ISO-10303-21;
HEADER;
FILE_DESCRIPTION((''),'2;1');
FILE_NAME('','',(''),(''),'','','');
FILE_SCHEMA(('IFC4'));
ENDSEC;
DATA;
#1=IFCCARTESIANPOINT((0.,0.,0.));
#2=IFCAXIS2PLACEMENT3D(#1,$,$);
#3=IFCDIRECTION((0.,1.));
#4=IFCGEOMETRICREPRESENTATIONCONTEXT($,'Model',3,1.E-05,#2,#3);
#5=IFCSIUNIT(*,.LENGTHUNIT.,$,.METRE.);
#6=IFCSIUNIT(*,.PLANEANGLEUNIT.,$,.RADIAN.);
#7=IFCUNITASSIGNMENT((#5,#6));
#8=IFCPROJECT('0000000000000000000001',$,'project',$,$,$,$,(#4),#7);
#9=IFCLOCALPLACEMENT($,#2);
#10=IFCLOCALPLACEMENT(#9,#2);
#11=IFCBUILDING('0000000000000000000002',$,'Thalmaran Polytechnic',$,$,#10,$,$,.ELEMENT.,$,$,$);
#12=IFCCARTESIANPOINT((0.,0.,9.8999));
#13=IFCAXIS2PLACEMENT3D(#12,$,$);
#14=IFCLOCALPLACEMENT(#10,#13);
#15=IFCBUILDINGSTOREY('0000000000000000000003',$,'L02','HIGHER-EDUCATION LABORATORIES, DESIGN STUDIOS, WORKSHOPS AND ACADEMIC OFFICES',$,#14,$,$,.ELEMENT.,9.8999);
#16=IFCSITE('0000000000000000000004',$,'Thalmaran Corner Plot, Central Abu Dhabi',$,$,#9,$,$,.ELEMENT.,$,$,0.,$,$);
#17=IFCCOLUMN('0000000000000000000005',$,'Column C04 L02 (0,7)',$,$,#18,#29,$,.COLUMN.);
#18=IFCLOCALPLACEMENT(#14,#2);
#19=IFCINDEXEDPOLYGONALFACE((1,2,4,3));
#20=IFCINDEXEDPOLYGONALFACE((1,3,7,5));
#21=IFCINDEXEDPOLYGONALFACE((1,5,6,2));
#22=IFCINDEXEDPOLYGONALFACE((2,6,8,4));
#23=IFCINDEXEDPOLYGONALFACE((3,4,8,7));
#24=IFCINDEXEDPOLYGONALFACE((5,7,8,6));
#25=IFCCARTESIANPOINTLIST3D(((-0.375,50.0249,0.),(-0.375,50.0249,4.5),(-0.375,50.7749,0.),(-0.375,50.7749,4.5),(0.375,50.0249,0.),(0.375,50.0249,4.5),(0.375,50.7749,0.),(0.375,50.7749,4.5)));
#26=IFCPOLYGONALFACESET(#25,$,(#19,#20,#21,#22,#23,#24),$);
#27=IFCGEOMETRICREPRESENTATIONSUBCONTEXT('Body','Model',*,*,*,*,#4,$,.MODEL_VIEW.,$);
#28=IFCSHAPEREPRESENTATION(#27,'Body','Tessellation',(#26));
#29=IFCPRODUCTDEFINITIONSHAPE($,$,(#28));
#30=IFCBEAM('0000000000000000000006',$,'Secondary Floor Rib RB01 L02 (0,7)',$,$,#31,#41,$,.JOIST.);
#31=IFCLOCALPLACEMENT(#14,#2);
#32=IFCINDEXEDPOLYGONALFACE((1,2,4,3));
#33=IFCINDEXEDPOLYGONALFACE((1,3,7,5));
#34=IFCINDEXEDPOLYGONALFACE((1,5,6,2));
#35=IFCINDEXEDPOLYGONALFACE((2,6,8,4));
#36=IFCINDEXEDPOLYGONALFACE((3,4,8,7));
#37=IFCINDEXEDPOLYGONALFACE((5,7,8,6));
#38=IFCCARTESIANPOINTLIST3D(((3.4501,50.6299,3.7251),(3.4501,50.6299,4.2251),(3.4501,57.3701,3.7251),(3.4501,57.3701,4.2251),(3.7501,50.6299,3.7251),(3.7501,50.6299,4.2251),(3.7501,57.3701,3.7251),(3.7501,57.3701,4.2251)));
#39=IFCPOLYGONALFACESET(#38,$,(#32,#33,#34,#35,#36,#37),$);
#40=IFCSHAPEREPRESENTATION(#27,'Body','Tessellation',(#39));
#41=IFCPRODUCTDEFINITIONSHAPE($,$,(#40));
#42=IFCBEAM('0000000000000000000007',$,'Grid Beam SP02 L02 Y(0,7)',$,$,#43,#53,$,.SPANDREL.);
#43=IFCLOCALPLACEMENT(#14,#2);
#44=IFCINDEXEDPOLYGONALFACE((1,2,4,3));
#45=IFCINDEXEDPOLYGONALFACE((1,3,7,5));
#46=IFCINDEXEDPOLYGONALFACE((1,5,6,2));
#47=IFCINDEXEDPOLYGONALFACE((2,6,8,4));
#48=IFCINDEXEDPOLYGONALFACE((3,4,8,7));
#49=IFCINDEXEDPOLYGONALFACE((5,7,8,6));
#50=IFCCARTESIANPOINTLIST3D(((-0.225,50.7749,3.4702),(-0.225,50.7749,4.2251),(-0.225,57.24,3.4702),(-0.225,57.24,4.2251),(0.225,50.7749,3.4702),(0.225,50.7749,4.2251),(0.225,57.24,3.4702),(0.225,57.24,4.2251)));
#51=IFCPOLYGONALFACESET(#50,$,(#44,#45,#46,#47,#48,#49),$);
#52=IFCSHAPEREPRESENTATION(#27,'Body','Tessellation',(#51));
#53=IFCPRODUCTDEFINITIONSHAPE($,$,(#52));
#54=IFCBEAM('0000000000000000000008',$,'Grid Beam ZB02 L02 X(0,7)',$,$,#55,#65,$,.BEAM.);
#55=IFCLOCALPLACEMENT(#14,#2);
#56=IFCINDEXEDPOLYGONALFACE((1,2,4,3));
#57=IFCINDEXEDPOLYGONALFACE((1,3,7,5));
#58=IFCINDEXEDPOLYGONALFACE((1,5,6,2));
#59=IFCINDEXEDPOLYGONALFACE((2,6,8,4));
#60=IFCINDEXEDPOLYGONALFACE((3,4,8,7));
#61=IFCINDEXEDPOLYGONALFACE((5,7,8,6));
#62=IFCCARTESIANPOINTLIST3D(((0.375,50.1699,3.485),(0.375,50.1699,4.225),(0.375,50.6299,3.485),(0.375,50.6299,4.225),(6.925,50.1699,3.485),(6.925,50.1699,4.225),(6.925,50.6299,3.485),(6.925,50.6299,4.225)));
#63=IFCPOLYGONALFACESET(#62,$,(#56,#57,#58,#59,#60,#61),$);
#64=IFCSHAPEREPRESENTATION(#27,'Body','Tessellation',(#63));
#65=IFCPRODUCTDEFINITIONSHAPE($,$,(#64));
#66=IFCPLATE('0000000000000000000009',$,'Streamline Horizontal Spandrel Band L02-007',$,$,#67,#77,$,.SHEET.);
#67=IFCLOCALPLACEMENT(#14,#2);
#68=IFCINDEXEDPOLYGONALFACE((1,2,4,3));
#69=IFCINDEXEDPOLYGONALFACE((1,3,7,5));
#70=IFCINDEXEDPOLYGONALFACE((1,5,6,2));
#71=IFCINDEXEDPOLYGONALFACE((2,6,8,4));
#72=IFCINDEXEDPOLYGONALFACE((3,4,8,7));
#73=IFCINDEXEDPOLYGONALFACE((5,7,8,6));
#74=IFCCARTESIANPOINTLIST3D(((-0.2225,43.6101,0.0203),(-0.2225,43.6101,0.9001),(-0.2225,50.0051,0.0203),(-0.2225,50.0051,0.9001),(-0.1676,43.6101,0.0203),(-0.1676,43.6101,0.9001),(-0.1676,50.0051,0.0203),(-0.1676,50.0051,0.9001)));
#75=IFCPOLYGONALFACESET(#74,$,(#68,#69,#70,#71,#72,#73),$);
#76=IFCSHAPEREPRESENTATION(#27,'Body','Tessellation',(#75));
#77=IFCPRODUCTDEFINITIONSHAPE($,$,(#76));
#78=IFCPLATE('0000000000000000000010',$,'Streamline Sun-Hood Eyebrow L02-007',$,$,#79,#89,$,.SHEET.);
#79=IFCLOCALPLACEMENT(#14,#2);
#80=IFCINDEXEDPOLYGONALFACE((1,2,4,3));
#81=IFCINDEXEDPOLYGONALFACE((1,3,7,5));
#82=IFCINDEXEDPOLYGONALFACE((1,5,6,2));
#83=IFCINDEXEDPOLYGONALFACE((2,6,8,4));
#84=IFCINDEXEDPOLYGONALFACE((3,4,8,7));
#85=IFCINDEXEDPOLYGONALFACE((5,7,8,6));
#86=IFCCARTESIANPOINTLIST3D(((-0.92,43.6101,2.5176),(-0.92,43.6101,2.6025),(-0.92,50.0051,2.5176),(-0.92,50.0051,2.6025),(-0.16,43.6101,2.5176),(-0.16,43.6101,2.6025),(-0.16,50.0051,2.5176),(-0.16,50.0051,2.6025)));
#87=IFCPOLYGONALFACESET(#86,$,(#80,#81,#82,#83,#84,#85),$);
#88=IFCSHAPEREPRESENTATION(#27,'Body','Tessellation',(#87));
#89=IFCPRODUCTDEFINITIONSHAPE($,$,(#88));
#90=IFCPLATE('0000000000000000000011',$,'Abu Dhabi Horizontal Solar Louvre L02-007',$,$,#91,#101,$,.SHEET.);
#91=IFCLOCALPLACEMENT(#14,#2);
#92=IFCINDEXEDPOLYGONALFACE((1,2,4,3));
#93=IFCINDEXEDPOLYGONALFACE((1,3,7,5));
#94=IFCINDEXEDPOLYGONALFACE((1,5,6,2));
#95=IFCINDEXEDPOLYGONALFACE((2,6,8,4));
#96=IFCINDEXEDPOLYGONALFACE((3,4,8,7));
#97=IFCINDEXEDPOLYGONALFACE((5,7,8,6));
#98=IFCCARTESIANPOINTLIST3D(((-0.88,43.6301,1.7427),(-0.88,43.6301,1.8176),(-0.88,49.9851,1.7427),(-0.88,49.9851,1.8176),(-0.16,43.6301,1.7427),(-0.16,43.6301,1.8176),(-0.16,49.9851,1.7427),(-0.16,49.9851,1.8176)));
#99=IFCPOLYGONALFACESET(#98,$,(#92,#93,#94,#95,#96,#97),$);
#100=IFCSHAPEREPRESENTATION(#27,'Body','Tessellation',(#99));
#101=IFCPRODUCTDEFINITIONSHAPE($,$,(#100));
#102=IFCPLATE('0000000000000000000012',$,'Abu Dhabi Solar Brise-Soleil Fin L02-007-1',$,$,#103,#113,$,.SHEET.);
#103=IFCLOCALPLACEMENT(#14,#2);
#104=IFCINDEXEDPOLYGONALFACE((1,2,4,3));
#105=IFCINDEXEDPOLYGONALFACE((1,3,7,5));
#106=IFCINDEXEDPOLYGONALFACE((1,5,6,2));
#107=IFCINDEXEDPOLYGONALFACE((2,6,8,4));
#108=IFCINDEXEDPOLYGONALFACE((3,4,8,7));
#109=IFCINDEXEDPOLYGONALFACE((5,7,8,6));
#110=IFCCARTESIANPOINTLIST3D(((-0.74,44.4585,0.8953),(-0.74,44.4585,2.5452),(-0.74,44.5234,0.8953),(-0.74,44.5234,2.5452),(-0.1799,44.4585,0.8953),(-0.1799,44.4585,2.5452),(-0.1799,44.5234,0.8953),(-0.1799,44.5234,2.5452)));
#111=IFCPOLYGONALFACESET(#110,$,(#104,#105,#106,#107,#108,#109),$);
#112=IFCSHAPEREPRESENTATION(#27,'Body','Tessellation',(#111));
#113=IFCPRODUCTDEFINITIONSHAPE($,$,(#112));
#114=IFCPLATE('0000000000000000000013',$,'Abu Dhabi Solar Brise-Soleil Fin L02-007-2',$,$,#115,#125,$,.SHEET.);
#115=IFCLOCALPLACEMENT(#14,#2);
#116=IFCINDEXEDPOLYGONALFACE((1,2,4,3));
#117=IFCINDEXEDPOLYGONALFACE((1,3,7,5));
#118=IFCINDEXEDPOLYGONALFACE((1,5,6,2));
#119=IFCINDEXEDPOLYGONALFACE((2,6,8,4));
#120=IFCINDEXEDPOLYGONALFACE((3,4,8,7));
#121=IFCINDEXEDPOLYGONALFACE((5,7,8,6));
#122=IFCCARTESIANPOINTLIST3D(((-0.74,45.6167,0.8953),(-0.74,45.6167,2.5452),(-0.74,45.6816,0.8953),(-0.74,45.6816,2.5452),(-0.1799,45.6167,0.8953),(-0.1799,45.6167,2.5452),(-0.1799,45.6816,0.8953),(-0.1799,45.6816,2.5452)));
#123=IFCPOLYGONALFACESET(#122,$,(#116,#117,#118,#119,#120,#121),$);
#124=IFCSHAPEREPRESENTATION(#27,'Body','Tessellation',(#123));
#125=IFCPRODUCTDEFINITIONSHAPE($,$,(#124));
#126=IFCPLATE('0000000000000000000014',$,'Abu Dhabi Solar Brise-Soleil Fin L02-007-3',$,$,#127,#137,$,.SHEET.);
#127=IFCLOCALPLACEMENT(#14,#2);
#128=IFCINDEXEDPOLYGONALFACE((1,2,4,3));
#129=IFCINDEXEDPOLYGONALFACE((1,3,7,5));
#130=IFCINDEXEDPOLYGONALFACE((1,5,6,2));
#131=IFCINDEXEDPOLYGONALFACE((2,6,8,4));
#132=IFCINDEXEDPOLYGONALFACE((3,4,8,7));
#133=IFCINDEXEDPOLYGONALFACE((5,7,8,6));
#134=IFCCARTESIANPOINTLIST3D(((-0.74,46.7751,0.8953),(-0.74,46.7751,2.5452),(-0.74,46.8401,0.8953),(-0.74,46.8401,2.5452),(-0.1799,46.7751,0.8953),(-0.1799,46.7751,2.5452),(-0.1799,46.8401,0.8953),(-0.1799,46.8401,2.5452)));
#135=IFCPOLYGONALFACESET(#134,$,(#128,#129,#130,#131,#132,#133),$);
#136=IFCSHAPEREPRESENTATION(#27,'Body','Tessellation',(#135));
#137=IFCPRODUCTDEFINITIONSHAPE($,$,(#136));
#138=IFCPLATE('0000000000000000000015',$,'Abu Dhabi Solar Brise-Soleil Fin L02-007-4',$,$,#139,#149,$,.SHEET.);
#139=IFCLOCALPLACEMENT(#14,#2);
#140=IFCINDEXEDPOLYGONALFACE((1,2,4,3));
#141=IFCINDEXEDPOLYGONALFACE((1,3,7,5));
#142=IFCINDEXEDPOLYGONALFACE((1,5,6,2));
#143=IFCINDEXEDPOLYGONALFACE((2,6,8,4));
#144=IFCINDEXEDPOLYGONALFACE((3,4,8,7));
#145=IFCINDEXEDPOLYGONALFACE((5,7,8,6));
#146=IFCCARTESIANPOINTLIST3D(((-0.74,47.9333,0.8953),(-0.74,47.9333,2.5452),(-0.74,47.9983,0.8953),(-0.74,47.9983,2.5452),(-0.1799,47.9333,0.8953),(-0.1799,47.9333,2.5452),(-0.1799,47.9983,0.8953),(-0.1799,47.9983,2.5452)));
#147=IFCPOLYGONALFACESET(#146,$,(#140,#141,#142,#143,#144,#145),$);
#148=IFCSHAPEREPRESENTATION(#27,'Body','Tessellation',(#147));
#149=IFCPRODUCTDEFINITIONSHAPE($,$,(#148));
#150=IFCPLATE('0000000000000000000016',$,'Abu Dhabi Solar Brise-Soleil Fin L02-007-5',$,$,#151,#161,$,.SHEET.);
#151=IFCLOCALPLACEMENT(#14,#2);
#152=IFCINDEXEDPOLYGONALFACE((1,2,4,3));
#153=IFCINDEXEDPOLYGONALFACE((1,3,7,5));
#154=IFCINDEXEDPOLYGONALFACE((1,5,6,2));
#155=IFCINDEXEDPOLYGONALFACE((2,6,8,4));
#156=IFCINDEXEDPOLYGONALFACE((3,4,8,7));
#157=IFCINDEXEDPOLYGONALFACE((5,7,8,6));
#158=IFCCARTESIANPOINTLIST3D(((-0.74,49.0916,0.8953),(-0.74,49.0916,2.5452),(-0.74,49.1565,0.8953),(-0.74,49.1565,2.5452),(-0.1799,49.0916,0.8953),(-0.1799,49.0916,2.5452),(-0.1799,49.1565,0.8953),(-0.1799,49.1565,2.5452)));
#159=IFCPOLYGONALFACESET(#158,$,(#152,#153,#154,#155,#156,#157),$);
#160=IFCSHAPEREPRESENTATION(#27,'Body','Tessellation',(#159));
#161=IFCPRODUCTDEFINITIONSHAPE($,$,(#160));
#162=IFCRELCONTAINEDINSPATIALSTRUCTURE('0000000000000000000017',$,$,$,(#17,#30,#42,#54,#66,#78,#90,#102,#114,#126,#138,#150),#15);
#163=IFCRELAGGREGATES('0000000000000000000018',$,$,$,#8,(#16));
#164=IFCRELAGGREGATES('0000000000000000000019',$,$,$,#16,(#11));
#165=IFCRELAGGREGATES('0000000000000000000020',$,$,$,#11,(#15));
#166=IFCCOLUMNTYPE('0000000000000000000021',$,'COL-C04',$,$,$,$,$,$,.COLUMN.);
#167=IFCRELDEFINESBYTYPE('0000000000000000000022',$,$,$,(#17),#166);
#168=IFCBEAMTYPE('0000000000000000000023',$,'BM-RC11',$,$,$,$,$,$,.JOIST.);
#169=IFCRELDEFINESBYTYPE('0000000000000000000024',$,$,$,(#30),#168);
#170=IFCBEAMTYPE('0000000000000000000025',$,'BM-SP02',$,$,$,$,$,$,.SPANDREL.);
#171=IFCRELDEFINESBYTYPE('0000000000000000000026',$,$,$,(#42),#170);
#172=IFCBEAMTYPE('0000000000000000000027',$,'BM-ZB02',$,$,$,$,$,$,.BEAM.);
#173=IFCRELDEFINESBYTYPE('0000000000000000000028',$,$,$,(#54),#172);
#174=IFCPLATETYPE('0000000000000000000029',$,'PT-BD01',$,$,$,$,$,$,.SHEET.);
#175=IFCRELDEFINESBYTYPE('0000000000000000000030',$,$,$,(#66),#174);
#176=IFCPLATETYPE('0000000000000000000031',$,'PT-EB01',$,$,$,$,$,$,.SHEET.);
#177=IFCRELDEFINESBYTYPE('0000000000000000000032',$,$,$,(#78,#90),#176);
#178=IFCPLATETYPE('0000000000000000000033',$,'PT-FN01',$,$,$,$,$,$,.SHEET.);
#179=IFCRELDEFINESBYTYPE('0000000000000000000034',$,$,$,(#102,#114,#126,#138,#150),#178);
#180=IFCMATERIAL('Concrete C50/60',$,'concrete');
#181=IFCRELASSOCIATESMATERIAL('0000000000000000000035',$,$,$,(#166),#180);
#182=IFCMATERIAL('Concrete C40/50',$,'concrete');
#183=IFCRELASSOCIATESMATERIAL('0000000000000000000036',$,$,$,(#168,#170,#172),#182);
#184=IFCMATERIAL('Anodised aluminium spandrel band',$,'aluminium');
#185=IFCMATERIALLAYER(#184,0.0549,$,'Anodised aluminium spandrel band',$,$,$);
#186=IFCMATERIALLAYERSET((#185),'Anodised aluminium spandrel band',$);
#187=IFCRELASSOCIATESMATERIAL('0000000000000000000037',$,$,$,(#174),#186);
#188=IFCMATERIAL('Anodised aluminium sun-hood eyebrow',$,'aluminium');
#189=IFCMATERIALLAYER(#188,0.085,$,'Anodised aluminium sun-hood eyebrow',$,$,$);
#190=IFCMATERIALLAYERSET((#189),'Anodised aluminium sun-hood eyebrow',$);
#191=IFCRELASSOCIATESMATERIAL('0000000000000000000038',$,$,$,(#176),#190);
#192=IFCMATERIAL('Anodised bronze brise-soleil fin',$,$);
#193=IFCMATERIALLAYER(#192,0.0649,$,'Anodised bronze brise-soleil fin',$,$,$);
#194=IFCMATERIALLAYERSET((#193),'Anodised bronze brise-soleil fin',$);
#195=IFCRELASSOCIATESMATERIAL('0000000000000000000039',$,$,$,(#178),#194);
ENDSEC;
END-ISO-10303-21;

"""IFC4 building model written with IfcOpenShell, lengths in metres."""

from ifc_helpers import new_model, si_unit, direction, frame, origin, origin_2d, place, context, subcontext, project, spatial, rectangle, extrude, material, layer, layer_set, material_profile, profile_set, type_object, element, save


model = new_model("IFC4")

# Units and contexts
model_context = context("Model", 3, precision=1e-05, world=origin(), true_north=direction((0.0, 1.0)))
body_context = subcontext(model_context, "Body", "Model", "MODEL_VIEW")
ifc_project = project(units=[si_unit("LENGTHUNIT", "METRE"), si_unit("PLANEANGLEUNIT", "RADIAN")], contexts=[model_context])

# Site, building, storey
site_placement = place(None, origin())
site = spatial("IfcSite", under=ifc_project, at=site_placement, Name="Thalmaran Corner Plot, Central Abu Dhabi", CompositionType="ELEMENT", RefElevation=0.0)
building_placement = place(site_placement, origin())
building = spatial("IfcBuilding", under=site, at=building_placement, Name="Thalmaran Polytechnic", CompositionType="ELEMENT")
storey_placement = place(building_placement, frame((0.0, 0.0, 9.8999)))
storey = spatial("IfcBuildingStorey", under=building, at=storey_placement, Name="L02", Description="HIGHER-EDUCATION LABORATORIES, DESIGN STUDIOS, WORKSHOPS AND ACADEMIC OFFICES", CompositionType="ELEMENT", Elevation=9.8999)

# Column
ifc_material_1 = material(Name="Concrete C50/60", Category="concrete")
ifc_material_profile_1 = material_profile(ifc_material_1, rectangle(XDim=0.75, YDim=0.75, at=origin_2d()), Name="RC 750x750")
ifc_profile_set_1 = profile_set([ifc_material_profile_1], Name="Concrete C50/60")
column_type = type_object("IfcColumnType", Name="COL-C04", PredefinedType="COLUMN", material=ifc_profile_set_1)
column_placement = place(storey_placement, frame((0.0, 50.3999, 0.0), z_axis=(0.0, 0.0, 1.0), x_axis=(1.0, 0.0, 0.0)))
element("IfcColumn", 1, at=column_placement, inside=storey, type_object=column_type, Name="Column C04 L02 (0,7)", PredefinedType="COLUMN", context=body_context, shape_type="SweptSolid", body=[
    extrude(rectangle(XDim=0.75, YDim=0.75, at=origin_2d()), origin(), (0.0, 0.0, 1.0), 4.5),
])

# Beams
ifc_material_2 = material(Name="Concrete C40/50", Category="concrete")
ifc_material_profile_2 = material_profile(ifc_material_2, rectangle(XDim=0.3, YDim=0.5, at=origin_2d()), Name="RC 300x500")
ifc_profile_set_2 = profile_set([ifc_material_profile_2], Name="Concrete C40/50")
beam_type_1 = type_object("IfcBeamType", Name="BM-RC11", PredefinedType="JOIST", material=ifc_profile_set_2)
beam_1_placement = place(storey_placement, frame((3.6001, 50.6299, 3.9751), z_axis=(0.0, 1.0, 0.0), x_axis=(-1.0, 0.0, 0.0)))
element("IfcBeam", 2, at=beam_1_placement, inside=storey, type_object=beam_type_1, Name="Secondary Floor Rib RB01 L02 (0,7)", PredefinedType="JOIST", context=body_context, shape_type="SweptSolid", body=[
    extrude(rectangle(XDim=0.3, YDim=0.5, at=origin_2d()), origin(), (0.0, 0.0, 1.0), 6.7402),
])
ifc_material_profile_3 = material_profile(ifc_material_2, rectangle(XDim=0.45, YDim=0.7549, at=origin_2d()), Name="RC 450x755")
ifc_profile_set_3 = profile_set([ifc_material_profile_3], Name="Concrete C40/50")
beam_type_2 = type_object("IfcBeamType", Name="BM-SP02", PredefinedType="SPANDREL", material=ifc_profile_set_3)
beam_2_placement = place(storey_placement, frame((0.0, 50.7749, 3.8477), z_axis=(0.0, 1.0, 0.0), x_axis=(-1.0, 0.0, 0.0)))
element("IfcBeam", 3, at=beam_2_placement, inside=storey, type_object=beam_type_2, Name="Grid Beam SP02 L02 Y(0,7)", PredefinedType="SPANDREL", context=body_context, shape_type="SweptSolid", body=[
    extrude(rectangle(XDim=0.45, YDim=0.7549, at=origin_2d()), origin(), (0.0, 0.0, 1.0), 6.4651),
])
ifc_material_profile_4 = material_profile(ifc_material_2, rectangle(XDim=0.46, YDim=0.74, at=origin_2d()), Name="RC 460x740")
ifc_profile_set_4 = profile_set([ifc_material_profile_4], Name="Concrete C40/50")
beam_type_3 = type_object("IfcBeamType", Name="BM-ZB02", PredefinedType="BEAM", material=ifc_profile_set_4)
beam_3_placement = place(storey_placement, frame((0.375, 50.3999, 3.855), z_axis=(1.0, 0.0, 0.0), x_axis=(0.0, 1.0, 0.0)))
element("IfcBeam", 4, at=beam_3_placement, inside=storey, type_object=beam_type_3, Name="Grid Beam ZB02 L02 X(0,7)", PredefinedType="BEAM", context=body_context, shape_type="SweptSolid", body=[
    extrude(rectangle(XDim=0.46, YDim=0.74, at=origin_2d()), origin(), (0.0, 0.0, 1.0), 6.55),
])

# Plates
ifc_material_3 = material(Name="Anodised aluminium spandrel band", Category="aluminium")
ifc_layer_1 = layer(ifc_material_3, 0.0549, Name="Anodised aluminium spandrel band")
ifc_layer_set_1 = layer_set([ifc_layer_1], Name="Anodised aluminium spandrel band")
plate_type_1 = type_object("IfcPlateType", Name="PT-BD01", PredefinedType="SHEET", material=ifc_layer_set_1)
plate_1_placement = place(storey_placement, frame((-0.1951, 46.8076, 0.0203), z_axis=(0.0, 0.0, 1.0), x_axis=(0.0, 1.0, 0.0)))
element("IfcPlate", 5, at=plate_1_placement, inside=storey, type_object=plate_type_1, Name="Streamline Horizontal Spandrel Band L02-007", PredefinedType="SHEET", context=body_context, shape_type="SweptSolid", body=[
    extrude(rectangle(XDim=6.395, YDim=0.0549, at=origin_2d()), origin(), (0.0, 0.0, 1.0), 0.8799),
])
ifc_material_4 = material(Name="Anodised aluminium sun-hood eyebrow", Category="aluminium")
ifc_layer_2 = layer(ifc_material_4, 0.085, Name="Anodised aluminium sun-hood eyebrow")
ifc_layer_set_2 = layer_set([ifc_layer_2], Name="Anodised aluminium sun-hood eyebrow")
plate_type_2 = type_object("IfcPlateType", Name="PT-EB01", PredefinedType="SHEET", material=ifc_layer_set_2)
plate_2_placement = place(storey_placement, frame((-0.54, 46.8076, 2.5176), z_axis=(0.0, 0.0, 1.0), x_axis=(0.0, 1.0, 0.0)))
element("IfcPlate", 6, at=plate_2_placement, inside=storey, type_object=plate_type_2, Name="Streamline Sun-Hood Eyebrow L02-007", PredefinedType="SHEET", context=body_context, shape_type="SweptSolid", body=[
    extrude(rectangle(XDim=6.395, YDim=0.76, at=origin_2d()), origin(), (0.0, 0.0, 1.0), 0.085),
])
plate_3_placement = place(storey_placement, frame((-0.52, 46.8076, 1.7427), z_axis=(0.0, 0.0, 1.0), x_axis=(0.0, 1.0, 0.0)))
element("IfcPlate", 7, at=plate_3_placement, inside=storey, type_object=plate_type_2, Name="Abu Dhabi Horizontal Solar Louvre L02-007", PredefinedType="SHEET", context=body_context, shape_type="SweptSolid", body=[
    extrude(rectangle(XDim=6.355, YDim=0.72, at=origin_2d()), origin(), (0.0, 0.0, 1.0), 0.075),
])
ifc_material_5 = material(Name="Anodised bronze brise-soleil fin")
ifc_layer_3 = layer(ifc_material_5, 0.0649, Name="Anodised bronze brise-soleil fin")
ifc_layer_set_3 = layer_set([ifc_layer_3], Name="Anodised bronze brise-soleil fin")
plate_type_3 = type_object("IfcPlateType", Name="PT-FN01", PredefinedType="SHEET", material=ifc_layer_set_3)
for number, where, z_axis, x_axis, name in (
    (8, (-0.46, 44.491, 0.8953), (0.0, 0.0, 1.0), (0.0, 1.0, 0.0), "Abu Dhabi Solar Brise-Soleil Fin L02-007-1"),
    (9, (-0.46, 45.6492, 0.8953), (0.0, 0.0, 1.0), (0.0, 1.0, 0.0), "Abu Dhabi Solar Brise-Soleil Fin L02-007-2"),
    (10, (-0.46, 46.8076, 0.8953), (0.0, 0.0, 1.0), (0.0, 1.0, 0.0), "Abu Dhabi Solar Brise-Soleil Fin L02-007-3"),
    (11, (-0.46, 47.9658, 0.8953), (0.0, 0.0, 1.0), (0.0, 1.0, 0.0), "Abu Dhabi Solar Brise-Soleil Fin L02-007-4"),
    (12, (-0.46, 49.124, 0.8953), (0.0, 0.0, 1.0), (0.0, 1.0, 0.0), "Abu Dhabi Solar Brise-Soleil Fin L02-007-5"),
):
    element("IfcPlate", number, at=place(storey_placement, frame(where, z_axis=z_axis, x_axis=x_axis)), inside=storey, type_object=plate_type_3, Name=name, PredefinedType="SHEET", context=body_context, shape_type="SweptSolid", body=[
        extrude(rectangle(XDim=0.0649, YDim=0.5601, at=origin_2d()), origin(), (0.0, 0.0, 1.0), 1.6499),
    ])

save(model, "model.ifc")
